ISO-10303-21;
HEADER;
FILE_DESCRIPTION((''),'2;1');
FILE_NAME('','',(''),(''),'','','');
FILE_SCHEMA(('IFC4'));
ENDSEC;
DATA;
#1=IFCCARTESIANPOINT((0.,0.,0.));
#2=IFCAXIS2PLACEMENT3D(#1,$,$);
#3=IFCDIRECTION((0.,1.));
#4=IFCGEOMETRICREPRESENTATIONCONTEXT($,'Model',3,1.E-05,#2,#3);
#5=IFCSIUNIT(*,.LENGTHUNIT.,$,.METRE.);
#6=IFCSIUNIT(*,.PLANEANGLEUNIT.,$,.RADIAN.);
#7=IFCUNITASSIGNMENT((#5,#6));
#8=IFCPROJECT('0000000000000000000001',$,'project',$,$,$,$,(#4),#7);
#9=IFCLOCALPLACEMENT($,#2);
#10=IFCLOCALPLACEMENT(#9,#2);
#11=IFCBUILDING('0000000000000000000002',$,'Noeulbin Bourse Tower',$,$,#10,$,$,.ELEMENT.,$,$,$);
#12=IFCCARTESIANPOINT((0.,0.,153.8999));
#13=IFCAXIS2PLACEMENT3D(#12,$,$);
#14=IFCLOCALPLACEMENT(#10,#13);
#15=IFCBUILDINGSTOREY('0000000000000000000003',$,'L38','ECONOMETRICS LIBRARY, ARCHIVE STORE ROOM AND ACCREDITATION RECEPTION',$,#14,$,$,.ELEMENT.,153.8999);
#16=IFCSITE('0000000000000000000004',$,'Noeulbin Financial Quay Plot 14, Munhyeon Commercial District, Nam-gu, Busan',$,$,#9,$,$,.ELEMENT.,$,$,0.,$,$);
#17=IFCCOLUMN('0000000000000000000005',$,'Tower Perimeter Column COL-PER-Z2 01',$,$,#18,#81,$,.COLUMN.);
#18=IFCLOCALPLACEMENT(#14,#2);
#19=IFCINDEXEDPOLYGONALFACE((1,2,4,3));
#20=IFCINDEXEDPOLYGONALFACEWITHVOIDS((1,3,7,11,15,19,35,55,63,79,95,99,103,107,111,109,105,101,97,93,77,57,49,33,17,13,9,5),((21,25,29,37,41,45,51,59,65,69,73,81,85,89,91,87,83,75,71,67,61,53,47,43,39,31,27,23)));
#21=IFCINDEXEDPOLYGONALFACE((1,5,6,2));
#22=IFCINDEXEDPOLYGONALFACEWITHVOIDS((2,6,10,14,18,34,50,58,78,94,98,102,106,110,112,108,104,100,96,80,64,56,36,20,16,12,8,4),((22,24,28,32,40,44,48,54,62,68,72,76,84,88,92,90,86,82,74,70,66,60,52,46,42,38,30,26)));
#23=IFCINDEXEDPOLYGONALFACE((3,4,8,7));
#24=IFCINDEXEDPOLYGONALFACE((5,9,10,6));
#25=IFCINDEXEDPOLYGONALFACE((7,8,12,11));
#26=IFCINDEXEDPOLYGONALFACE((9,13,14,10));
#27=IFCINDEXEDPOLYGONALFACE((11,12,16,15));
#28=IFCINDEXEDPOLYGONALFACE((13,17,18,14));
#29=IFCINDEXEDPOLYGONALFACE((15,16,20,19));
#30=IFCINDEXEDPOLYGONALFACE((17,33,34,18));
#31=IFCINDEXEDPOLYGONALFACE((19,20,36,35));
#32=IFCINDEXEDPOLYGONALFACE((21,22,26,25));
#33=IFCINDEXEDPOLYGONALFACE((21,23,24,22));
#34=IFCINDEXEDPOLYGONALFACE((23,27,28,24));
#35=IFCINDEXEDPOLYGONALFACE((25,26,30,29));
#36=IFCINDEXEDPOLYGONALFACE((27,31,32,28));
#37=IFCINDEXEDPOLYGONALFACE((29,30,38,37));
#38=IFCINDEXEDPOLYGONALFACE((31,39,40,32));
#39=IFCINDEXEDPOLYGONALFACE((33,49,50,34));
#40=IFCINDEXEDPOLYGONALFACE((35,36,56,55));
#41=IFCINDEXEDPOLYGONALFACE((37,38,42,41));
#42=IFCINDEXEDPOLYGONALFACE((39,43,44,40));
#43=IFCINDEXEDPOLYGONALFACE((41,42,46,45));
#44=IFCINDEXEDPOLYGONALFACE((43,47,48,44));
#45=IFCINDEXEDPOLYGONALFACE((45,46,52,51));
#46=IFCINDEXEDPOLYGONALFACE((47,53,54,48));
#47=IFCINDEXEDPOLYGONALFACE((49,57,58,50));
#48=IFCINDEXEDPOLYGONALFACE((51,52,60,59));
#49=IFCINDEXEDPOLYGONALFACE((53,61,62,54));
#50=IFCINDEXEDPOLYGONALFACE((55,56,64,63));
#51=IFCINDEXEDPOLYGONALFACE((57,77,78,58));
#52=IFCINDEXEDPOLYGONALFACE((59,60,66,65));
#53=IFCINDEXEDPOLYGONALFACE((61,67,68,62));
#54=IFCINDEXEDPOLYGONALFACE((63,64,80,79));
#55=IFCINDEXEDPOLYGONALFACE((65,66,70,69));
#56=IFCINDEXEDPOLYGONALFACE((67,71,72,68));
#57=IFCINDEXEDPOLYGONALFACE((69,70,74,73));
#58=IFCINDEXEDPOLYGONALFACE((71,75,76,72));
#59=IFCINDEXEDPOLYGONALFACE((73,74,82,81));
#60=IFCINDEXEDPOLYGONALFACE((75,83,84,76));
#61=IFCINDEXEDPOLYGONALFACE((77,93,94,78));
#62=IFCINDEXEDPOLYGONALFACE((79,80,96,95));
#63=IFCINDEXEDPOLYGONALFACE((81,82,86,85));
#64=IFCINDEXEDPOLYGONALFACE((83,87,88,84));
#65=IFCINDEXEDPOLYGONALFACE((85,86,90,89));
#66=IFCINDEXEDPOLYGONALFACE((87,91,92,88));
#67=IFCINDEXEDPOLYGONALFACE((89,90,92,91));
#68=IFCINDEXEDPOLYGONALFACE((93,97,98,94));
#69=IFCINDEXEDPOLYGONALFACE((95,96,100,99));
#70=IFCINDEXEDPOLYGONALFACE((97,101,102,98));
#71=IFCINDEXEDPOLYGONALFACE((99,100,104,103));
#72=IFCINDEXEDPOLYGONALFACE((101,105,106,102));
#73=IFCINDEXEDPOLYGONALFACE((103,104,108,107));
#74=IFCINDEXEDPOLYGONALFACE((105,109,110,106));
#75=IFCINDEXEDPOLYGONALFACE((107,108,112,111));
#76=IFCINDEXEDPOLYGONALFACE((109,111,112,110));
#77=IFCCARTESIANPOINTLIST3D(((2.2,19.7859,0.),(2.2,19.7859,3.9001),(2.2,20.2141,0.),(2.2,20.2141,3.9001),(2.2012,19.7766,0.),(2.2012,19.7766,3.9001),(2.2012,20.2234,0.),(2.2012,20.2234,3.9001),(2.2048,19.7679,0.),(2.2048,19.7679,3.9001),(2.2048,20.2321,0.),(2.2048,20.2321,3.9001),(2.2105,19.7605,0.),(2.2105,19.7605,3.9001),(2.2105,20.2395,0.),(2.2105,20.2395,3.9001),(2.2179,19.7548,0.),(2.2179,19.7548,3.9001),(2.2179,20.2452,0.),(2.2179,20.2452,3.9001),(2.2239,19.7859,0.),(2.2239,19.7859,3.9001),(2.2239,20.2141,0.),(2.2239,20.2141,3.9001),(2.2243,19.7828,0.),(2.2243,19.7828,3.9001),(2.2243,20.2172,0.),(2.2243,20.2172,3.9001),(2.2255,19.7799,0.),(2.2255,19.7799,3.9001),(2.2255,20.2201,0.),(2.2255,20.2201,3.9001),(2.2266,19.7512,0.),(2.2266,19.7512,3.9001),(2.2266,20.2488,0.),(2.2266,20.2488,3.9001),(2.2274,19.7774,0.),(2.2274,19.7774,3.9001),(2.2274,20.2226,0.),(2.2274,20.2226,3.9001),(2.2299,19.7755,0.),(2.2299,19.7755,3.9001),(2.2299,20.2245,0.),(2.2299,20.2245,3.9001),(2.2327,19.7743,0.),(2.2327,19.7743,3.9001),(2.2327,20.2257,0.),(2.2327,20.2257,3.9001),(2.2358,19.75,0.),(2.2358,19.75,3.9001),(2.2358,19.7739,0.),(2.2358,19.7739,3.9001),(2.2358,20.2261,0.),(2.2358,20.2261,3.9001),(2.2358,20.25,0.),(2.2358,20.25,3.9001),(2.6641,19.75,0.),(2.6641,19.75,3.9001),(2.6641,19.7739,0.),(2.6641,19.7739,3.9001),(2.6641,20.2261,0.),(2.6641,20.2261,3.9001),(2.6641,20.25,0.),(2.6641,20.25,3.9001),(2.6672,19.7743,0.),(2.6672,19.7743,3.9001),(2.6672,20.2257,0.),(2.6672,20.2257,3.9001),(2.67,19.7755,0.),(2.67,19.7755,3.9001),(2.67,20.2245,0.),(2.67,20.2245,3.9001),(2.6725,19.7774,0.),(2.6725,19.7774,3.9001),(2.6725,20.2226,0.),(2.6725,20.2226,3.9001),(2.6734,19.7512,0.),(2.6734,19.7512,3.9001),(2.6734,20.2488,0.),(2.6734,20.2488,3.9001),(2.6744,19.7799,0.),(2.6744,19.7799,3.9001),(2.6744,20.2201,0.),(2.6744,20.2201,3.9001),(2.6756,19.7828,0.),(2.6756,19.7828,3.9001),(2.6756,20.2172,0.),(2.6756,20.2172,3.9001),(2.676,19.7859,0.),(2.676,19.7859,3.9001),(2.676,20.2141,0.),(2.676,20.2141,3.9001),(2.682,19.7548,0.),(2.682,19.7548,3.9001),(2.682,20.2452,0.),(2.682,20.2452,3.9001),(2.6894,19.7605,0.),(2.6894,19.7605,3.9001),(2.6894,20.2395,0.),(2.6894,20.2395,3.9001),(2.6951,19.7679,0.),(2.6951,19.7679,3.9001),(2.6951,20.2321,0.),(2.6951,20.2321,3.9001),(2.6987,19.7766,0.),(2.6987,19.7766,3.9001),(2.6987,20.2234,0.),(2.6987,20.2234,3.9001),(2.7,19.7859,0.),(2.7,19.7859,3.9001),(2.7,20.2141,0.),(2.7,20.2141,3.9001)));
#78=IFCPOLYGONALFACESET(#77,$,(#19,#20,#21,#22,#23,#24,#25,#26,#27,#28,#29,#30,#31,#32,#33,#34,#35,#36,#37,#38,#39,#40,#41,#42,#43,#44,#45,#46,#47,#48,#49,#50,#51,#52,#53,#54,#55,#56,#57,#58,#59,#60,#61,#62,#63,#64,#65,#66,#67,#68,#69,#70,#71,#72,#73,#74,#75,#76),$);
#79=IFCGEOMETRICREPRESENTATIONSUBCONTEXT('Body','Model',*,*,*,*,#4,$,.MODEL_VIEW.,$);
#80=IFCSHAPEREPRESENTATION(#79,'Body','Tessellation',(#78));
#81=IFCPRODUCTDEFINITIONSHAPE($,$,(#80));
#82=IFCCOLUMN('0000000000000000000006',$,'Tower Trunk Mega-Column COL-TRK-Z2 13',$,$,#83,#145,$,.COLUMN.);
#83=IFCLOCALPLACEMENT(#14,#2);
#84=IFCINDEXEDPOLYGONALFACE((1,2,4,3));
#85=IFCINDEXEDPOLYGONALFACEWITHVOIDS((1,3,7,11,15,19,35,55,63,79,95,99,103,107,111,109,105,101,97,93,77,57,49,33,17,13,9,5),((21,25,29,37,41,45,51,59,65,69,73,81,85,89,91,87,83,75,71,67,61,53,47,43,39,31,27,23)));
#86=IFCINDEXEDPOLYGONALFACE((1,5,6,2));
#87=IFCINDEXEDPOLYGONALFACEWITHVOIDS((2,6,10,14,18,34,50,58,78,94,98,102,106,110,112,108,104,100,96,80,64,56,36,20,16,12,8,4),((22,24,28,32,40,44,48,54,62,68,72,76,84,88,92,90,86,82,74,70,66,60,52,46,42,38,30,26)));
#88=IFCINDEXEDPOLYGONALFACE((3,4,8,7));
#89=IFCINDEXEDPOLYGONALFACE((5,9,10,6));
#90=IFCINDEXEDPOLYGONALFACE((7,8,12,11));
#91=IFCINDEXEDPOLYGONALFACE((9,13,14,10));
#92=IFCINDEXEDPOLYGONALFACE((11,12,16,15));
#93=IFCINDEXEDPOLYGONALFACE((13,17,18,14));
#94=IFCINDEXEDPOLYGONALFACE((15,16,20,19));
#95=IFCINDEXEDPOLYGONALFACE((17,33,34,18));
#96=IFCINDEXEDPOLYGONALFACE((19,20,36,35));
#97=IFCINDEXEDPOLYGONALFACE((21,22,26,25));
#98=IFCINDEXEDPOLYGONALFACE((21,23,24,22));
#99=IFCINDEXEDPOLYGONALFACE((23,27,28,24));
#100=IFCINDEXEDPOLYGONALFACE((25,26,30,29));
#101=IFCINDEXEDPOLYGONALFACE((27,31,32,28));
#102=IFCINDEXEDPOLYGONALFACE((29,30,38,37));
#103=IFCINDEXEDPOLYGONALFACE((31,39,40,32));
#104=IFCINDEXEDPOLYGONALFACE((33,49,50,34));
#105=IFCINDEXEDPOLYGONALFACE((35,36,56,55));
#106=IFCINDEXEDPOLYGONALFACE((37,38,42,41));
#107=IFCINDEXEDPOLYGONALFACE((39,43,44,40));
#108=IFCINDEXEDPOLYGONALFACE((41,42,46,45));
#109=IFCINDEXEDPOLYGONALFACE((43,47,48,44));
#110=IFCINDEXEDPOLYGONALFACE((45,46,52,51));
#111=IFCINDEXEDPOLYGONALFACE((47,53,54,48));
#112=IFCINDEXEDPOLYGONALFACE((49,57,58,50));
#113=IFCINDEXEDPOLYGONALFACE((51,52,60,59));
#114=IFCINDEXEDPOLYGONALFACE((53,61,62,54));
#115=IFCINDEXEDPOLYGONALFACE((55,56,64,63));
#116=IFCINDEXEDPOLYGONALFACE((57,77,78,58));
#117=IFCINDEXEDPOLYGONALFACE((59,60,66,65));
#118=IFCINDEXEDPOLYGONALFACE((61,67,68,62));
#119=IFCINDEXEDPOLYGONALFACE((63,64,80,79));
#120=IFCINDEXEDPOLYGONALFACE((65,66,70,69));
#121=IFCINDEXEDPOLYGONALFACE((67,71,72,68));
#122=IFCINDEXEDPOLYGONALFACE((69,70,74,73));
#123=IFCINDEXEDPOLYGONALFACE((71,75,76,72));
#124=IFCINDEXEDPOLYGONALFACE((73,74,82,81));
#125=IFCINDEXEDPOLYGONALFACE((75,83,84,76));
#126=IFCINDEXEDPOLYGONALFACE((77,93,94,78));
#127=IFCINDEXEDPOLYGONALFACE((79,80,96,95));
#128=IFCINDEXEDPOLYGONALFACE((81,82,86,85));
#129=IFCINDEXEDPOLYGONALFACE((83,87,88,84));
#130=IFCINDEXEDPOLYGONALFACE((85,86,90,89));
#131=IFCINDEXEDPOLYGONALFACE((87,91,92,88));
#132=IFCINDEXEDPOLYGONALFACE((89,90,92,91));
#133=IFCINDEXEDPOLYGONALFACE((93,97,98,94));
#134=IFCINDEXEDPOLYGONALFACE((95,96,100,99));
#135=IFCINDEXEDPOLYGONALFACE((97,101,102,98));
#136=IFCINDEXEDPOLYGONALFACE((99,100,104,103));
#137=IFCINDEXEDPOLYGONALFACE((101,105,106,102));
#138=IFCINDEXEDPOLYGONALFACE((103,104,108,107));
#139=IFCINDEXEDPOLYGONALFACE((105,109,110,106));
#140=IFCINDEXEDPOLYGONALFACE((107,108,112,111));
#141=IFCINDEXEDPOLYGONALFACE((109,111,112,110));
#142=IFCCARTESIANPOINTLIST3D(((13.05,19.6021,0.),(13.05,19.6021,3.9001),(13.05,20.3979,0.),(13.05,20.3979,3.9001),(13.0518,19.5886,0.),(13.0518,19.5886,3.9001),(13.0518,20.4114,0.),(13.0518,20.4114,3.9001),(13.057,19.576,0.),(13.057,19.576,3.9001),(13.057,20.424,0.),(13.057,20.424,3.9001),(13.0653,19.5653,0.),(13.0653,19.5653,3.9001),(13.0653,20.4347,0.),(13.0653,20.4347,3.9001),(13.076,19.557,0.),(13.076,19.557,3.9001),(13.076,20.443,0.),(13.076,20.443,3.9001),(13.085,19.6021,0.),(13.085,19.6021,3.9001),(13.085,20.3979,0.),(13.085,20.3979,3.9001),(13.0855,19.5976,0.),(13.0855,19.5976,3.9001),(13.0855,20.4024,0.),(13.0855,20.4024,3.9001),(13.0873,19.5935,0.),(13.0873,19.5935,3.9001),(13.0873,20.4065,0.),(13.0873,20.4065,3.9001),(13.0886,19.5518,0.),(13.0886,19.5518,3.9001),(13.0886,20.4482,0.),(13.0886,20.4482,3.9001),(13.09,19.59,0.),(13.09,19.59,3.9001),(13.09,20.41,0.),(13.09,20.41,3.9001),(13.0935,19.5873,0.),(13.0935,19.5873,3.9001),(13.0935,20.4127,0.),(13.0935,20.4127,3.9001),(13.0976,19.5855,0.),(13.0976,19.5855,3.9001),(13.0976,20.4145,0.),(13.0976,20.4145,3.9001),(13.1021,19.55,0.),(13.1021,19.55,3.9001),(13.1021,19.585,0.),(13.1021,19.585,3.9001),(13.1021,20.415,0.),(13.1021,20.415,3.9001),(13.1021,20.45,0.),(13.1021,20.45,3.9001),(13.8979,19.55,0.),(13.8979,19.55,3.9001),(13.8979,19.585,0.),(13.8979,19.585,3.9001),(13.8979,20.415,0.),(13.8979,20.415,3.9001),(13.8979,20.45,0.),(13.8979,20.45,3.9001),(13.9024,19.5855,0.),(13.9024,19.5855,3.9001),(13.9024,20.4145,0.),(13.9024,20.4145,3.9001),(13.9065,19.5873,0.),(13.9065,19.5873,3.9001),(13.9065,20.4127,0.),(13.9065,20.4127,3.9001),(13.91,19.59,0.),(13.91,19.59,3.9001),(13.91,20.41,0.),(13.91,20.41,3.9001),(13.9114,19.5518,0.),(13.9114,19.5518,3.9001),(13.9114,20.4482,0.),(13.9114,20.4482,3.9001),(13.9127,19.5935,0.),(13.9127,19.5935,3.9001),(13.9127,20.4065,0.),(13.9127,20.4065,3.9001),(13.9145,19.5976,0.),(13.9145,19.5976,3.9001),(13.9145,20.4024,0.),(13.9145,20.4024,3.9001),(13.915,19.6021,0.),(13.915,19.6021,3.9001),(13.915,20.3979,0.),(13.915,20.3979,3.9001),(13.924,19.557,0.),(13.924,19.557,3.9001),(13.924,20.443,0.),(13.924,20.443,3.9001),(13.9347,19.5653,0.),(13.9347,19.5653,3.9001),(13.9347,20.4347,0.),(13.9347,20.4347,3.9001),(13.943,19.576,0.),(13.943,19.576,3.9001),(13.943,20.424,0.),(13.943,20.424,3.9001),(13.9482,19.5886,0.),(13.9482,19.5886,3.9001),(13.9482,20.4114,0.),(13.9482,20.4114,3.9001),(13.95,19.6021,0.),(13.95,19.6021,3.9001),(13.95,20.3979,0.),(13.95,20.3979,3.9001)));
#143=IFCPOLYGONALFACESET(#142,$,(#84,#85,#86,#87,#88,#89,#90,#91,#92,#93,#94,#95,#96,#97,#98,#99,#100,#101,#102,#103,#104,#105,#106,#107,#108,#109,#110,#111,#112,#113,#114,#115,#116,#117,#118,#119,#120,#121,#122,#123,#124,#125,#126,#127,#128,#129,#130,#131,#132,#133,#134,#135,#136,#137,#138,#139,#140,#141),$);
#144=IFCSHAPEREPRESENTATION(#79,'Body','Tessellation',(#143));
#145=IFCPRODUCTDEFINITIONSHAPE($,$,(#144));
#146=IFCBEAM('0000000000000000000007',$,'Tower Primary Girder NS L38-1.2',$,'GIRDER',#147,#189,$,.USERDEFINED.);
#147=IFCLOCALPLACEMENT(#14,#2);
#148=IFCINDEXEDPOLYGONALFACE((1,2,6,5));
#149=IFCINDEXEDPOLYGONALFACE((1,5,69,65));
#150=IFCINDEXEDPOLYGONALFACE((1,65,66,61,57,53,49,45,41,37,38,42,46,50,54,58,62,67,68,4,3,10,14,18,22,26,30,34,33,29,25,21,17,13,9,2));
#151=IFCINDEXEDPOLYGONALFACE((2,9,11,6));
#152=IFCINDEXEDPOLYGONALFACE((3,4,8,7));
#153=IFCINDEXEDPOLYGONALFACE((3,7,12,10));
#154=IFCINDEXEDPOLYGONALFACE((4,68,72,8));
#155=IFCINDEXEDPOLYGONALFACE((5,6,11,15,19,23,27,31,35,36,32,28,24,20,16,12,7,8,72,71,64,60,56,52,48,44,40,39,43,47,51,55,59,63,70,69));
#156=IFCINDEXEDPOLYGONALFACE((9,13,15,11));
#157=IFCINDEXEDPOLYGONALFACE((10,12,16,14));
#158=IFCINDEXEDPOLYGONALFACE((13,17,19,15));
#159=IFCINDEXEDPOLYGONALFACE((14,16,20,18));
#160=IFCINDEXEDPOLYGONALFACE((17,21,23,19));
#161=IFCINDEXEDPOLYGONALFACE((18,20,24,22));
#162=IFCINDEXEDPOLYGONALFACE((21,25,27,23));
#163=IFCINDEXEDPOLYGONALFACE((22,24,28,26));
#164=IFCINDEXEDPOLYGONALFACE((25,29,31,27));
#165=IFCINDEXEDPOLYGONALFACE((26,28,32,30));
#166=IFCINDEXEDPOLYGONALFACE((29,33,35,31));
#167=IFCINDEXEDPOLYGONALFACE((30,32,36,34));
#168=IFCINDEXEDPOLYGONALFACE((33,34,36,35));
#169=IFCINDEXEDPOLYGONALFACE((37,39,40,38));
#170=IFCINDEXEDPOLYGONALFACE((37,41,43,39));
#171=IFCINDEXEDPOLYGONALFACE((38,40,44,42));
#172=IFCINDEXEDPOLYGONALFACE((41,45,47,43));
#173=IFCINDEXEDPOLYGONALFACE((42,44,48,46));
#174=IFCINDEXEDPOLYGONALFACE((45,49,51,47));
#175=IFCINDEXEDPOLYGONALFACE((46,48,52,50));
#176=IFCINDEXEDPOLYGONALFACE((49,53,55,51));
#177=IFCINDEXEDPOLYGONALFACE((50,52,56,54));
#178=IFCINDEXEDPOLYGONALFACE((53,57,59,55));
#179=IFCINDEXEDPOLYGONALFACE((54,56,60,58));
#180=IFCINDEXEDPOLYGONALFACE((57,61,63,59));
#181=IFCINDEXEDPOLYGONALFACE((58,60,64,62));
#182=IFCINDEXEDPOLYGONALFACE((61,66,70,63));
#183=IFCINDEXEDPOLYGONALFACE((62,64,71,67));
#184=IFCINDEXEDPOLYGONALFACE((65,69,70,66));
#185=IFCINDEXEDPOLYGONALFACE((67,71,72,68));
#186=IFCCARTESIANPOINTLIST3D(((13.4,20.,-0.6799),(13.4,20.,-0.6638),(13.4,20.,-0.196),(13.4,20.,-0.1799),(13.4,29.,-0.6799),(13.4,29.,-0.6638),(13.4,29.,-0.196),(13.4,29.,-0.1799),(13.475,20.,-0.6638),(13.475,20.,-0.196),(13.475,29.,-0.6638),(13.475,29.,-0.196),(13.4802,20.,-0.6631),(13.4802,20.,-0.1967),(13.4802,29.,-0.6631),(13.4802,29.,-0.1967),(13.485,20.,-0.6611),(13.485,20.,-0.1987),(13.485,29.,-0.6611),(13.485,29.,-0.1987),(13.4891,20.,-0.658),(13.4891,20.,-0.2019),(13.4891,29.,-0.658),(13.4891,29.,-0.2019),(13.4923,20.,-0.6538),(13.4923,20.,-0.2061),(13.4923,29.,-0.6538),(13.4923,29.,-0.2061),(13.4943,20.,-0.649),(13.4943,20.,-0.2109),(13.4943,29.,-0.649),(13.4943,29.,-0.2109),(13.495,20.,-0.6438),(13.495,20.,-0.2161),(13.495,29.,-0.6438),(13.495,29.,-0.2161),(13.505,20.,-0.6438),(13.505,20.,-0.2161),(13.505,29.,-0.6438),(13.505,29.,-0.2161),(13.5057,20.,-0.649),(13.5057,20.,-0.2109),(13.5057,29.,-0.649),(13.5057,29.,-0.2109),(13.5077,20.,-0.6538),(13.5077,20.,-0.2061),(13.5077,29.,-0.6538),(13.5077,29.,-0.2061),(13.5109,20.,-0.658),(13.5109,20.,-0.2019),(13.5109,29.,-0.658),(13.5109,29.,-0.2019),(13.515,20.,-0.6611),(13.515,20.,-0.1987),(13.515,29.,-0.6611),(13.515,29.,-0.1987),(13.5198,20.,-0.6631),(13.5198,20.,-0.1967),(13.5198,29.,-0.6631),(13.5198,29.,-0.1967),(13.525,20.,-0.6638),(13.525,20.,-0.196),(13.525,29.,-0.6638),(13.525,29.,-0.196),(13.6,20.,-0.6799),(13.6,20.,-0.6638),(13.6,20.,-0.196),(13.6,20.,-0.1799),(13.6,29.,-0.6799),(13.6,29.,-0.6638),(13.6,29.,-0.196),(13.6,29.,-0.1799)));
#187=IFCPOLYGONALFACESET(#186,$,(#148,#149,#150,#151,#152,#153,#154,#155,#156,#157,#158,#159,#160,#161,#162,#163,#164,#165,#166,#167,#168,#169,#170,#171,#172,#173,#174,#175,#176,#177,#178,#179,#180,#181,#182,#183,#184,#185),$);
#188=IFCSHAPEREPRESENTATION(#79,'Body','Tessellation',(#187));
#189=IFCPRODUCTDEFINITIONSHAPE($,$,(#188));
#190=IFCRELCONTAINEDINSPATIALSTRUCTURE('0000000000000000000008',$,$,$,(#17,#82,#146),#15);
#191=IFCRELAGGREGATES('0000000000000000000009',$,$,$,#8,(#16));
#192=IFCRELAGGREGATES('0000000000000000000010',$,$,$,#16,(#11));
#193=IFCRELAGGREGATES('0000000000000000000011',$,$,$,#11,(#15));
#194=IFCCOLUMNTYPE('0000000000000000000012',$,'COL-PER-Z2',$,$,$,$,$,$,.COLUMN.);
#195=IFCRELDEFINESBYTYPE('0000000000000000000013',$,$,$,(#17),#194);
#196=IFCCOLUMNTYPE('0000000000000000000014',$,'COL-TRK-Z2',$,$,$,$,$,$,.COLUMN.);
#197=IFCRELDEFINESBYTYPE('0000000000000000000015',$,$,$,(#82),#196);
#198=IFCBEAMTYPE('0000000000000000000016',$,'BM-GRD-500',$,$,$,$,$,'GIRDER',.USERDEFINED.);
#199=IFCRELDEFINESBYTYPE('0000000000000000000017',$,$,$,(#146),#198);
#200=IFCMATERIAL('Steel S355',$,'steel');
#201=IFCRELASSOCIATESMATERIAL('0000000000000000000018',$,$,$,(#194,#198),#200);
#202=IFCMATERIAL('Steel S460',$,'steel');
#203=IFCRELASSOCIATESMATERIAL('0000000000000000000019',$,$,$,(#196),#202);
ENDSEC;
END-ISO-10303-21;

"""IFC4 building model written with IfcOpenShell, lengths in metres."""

from ifc_helpers import new_model, si_unit, direction, frame, origin, origin_2d, place, context, subcontext, project, spatial, hollow_rectangle, i_section, extrude, material, material_profile, profile_set, type_object, element, save


model = new_model("IFC4")

# Units and contexts
model_context = context("Model", 3, precision=1e-05, world=origin(), true_north=direction((0.0, 1.0)))
body_context = subcontext(model_context, "Body", "Model", "MODEL_VIEW")
ifc_project = project(units=[si_unit("LENGTHUNIT", "METRE"), si_unit("PLANEANGLEUNIT", "RADIAN")], contexts=[model_context])

# Site, building, storey
site_placement = place(None, origin())
site = spatial("IfcSite", under=ifc_project, at=site_placement, Name="Noeulbin Financial Quay Plot 14, Munhyeon Commercial District, Nam-gu, Busan", CompositionType="ELEMENT", RefElevation=0.0)
building_placement = place(site_placement, origin())
building = spatial("IfcBuilding", under=site, at=building_placement, Name="Noeulbin Bourse Tower", CompositionType="ELEMENT")
storey_placement = place(building_placement, frame((0.0, 0.0, 153.8999)))
storey = spatial("IfcBuildingStorey", under=building, at=storey_placement, Name="L38", Description="ECONOMETRICS LIBRARY, ARCHIVE STORE ROOM AND ACCREDITATION RECEPTION", CompositionType="ELEMENT", Elevation=153.8999)

# Columns
ifc_material_1 = material(Name="Steel S355", Category="steel")
ifc_material_profile_1 = material_profile(ifc_material_1, hollow_rectangle(XDim=0.5, YDim=0.5, WallThickness=0.0239, InnerFilletRadius=0.012, OuterFilletRadius=0.0359, at=origin_2d()), Name="BOX-500x500x24", Category="LoadBearing")
ifc_profile_set_1 = profile_set([ifc_material_profile_1], Name="Steel S355")
column_type_1 = type_object("IfcColumnType", Name="COL-PER-Z2", PredefinedType="COLUMN", material=ifc_profile_set_1)
column_1_placement = place(storey_placement, frame((2.45, 20.0, 0.0), z_axis=(0.0, 0.0, 1.0), x_axis=(1.0, 0.0, 0.0)))
element("IfcColumn", 1, at=column_1_placement, inside=storey, type_object=column_type_1, Name="Tower Perimeter Column COL-PER-Z2 01", PredefinedType="COLUMN", context=body_context, shape_type="SweptSolid", body=[
    extrude(hollow_rectangle(XDim=0.5, YDim=0.5, WallThickness=0.0239, InnerFilletRadius=0.012, OuterFilletRadius=0.0359, at=origin_2d()), origin(), (0.0, 0.0, 1.0), 3.9001),
])
ifc_material_2 = material(Name="Steel S460", Category="steel")
ifc_material_profile_2 = material_profile(ifc_material_2, hollow_rectangle(XDim=0.8999, YDim=0.8999, WallThickness=0.0349, InnerFilletRadius=0.0171, OuterFilletRadius=0.052, at=origin_2d()), Name="BOX-900x900x35", Category="LoadBearing")
ifc_profile_set_2 = profile_set([ifc_material_profile_2], Name="Steel S460")
column_type_2 = type_object("IfcColumnType", Name="COL-TRK-Z2", PredefinedType="COLUMN", material=ifc_profile_set_2)
column_2_placement = place(storey_placement, frame((13.5, 20.0, 0.0), z_axis=(0.0, 0.0, 1.0), x_axis=(1.0, 0.0, 0.0)))
element("IfcColumn", 2, at=column_2_placement, inside=storey, type_object=column_type_2, Name="Tower Trunk Mega-Column COL-TRK-Z2 13", PredefinedType="COLUMN", context=body_context, shape_type="SweptSolid", body=[
    extrude(hollow_rectangle(XDim=0.8999, YDim=0.8999, WallThickness=0.0349, InnerFilletRadius=0.0171, OuterFilletRadius=0.052, at=origin_2d()), origin(), (0.0, 0.0, 1.0), 3.9001),
])

# Beam
ifc_material_profile_3 = material_profile(ifc_material_1, i_section(OverallWidth=0.2, OverallDepth=0.5, WebThickness=0.01, FlangeThickness=0.0161, FilletRadius=0.02, at=origin_2d()), Name="H-500x200x10x16", Category="LoadBearing")
ifc_profile_set_3 = profile_set([ifc_material_profile_3], Name="Steel S355")
beam_type_1 = type_object("IfcBeamType", Name="BM-GRD-500", ElementType="GIRDER", PredefinedType="USERDEFINED", material=ifc_profile_set_3)
beam_1_placement = place(storey_placement, frame((13.5, 20.0, -0.4299), z_axis=(0.0, 1.0, 0.0), x_axis=(-1.0, 0.0, 0.0)))
element("IfcBeam", 3, at=beam_1_placement, inside=storey, type_object=beam_type_1, Name="Tower Primary Girder NS L38-1.2", ObjectType="GIRDER", PredefinedType="USERDEFINED", context=body_context, shape_type="SweptSolid", body=[
    extrude(i_section(OverallWidth=0.2, OverallDepth=0.5, WebThickness=0.01, FlangeThickness=0.0161, FilletRadius=0.02, at=origin_2d()), origin(), (0.0, 0.0, 1.0), 9.0),
])

save(model, "model.ifc")
